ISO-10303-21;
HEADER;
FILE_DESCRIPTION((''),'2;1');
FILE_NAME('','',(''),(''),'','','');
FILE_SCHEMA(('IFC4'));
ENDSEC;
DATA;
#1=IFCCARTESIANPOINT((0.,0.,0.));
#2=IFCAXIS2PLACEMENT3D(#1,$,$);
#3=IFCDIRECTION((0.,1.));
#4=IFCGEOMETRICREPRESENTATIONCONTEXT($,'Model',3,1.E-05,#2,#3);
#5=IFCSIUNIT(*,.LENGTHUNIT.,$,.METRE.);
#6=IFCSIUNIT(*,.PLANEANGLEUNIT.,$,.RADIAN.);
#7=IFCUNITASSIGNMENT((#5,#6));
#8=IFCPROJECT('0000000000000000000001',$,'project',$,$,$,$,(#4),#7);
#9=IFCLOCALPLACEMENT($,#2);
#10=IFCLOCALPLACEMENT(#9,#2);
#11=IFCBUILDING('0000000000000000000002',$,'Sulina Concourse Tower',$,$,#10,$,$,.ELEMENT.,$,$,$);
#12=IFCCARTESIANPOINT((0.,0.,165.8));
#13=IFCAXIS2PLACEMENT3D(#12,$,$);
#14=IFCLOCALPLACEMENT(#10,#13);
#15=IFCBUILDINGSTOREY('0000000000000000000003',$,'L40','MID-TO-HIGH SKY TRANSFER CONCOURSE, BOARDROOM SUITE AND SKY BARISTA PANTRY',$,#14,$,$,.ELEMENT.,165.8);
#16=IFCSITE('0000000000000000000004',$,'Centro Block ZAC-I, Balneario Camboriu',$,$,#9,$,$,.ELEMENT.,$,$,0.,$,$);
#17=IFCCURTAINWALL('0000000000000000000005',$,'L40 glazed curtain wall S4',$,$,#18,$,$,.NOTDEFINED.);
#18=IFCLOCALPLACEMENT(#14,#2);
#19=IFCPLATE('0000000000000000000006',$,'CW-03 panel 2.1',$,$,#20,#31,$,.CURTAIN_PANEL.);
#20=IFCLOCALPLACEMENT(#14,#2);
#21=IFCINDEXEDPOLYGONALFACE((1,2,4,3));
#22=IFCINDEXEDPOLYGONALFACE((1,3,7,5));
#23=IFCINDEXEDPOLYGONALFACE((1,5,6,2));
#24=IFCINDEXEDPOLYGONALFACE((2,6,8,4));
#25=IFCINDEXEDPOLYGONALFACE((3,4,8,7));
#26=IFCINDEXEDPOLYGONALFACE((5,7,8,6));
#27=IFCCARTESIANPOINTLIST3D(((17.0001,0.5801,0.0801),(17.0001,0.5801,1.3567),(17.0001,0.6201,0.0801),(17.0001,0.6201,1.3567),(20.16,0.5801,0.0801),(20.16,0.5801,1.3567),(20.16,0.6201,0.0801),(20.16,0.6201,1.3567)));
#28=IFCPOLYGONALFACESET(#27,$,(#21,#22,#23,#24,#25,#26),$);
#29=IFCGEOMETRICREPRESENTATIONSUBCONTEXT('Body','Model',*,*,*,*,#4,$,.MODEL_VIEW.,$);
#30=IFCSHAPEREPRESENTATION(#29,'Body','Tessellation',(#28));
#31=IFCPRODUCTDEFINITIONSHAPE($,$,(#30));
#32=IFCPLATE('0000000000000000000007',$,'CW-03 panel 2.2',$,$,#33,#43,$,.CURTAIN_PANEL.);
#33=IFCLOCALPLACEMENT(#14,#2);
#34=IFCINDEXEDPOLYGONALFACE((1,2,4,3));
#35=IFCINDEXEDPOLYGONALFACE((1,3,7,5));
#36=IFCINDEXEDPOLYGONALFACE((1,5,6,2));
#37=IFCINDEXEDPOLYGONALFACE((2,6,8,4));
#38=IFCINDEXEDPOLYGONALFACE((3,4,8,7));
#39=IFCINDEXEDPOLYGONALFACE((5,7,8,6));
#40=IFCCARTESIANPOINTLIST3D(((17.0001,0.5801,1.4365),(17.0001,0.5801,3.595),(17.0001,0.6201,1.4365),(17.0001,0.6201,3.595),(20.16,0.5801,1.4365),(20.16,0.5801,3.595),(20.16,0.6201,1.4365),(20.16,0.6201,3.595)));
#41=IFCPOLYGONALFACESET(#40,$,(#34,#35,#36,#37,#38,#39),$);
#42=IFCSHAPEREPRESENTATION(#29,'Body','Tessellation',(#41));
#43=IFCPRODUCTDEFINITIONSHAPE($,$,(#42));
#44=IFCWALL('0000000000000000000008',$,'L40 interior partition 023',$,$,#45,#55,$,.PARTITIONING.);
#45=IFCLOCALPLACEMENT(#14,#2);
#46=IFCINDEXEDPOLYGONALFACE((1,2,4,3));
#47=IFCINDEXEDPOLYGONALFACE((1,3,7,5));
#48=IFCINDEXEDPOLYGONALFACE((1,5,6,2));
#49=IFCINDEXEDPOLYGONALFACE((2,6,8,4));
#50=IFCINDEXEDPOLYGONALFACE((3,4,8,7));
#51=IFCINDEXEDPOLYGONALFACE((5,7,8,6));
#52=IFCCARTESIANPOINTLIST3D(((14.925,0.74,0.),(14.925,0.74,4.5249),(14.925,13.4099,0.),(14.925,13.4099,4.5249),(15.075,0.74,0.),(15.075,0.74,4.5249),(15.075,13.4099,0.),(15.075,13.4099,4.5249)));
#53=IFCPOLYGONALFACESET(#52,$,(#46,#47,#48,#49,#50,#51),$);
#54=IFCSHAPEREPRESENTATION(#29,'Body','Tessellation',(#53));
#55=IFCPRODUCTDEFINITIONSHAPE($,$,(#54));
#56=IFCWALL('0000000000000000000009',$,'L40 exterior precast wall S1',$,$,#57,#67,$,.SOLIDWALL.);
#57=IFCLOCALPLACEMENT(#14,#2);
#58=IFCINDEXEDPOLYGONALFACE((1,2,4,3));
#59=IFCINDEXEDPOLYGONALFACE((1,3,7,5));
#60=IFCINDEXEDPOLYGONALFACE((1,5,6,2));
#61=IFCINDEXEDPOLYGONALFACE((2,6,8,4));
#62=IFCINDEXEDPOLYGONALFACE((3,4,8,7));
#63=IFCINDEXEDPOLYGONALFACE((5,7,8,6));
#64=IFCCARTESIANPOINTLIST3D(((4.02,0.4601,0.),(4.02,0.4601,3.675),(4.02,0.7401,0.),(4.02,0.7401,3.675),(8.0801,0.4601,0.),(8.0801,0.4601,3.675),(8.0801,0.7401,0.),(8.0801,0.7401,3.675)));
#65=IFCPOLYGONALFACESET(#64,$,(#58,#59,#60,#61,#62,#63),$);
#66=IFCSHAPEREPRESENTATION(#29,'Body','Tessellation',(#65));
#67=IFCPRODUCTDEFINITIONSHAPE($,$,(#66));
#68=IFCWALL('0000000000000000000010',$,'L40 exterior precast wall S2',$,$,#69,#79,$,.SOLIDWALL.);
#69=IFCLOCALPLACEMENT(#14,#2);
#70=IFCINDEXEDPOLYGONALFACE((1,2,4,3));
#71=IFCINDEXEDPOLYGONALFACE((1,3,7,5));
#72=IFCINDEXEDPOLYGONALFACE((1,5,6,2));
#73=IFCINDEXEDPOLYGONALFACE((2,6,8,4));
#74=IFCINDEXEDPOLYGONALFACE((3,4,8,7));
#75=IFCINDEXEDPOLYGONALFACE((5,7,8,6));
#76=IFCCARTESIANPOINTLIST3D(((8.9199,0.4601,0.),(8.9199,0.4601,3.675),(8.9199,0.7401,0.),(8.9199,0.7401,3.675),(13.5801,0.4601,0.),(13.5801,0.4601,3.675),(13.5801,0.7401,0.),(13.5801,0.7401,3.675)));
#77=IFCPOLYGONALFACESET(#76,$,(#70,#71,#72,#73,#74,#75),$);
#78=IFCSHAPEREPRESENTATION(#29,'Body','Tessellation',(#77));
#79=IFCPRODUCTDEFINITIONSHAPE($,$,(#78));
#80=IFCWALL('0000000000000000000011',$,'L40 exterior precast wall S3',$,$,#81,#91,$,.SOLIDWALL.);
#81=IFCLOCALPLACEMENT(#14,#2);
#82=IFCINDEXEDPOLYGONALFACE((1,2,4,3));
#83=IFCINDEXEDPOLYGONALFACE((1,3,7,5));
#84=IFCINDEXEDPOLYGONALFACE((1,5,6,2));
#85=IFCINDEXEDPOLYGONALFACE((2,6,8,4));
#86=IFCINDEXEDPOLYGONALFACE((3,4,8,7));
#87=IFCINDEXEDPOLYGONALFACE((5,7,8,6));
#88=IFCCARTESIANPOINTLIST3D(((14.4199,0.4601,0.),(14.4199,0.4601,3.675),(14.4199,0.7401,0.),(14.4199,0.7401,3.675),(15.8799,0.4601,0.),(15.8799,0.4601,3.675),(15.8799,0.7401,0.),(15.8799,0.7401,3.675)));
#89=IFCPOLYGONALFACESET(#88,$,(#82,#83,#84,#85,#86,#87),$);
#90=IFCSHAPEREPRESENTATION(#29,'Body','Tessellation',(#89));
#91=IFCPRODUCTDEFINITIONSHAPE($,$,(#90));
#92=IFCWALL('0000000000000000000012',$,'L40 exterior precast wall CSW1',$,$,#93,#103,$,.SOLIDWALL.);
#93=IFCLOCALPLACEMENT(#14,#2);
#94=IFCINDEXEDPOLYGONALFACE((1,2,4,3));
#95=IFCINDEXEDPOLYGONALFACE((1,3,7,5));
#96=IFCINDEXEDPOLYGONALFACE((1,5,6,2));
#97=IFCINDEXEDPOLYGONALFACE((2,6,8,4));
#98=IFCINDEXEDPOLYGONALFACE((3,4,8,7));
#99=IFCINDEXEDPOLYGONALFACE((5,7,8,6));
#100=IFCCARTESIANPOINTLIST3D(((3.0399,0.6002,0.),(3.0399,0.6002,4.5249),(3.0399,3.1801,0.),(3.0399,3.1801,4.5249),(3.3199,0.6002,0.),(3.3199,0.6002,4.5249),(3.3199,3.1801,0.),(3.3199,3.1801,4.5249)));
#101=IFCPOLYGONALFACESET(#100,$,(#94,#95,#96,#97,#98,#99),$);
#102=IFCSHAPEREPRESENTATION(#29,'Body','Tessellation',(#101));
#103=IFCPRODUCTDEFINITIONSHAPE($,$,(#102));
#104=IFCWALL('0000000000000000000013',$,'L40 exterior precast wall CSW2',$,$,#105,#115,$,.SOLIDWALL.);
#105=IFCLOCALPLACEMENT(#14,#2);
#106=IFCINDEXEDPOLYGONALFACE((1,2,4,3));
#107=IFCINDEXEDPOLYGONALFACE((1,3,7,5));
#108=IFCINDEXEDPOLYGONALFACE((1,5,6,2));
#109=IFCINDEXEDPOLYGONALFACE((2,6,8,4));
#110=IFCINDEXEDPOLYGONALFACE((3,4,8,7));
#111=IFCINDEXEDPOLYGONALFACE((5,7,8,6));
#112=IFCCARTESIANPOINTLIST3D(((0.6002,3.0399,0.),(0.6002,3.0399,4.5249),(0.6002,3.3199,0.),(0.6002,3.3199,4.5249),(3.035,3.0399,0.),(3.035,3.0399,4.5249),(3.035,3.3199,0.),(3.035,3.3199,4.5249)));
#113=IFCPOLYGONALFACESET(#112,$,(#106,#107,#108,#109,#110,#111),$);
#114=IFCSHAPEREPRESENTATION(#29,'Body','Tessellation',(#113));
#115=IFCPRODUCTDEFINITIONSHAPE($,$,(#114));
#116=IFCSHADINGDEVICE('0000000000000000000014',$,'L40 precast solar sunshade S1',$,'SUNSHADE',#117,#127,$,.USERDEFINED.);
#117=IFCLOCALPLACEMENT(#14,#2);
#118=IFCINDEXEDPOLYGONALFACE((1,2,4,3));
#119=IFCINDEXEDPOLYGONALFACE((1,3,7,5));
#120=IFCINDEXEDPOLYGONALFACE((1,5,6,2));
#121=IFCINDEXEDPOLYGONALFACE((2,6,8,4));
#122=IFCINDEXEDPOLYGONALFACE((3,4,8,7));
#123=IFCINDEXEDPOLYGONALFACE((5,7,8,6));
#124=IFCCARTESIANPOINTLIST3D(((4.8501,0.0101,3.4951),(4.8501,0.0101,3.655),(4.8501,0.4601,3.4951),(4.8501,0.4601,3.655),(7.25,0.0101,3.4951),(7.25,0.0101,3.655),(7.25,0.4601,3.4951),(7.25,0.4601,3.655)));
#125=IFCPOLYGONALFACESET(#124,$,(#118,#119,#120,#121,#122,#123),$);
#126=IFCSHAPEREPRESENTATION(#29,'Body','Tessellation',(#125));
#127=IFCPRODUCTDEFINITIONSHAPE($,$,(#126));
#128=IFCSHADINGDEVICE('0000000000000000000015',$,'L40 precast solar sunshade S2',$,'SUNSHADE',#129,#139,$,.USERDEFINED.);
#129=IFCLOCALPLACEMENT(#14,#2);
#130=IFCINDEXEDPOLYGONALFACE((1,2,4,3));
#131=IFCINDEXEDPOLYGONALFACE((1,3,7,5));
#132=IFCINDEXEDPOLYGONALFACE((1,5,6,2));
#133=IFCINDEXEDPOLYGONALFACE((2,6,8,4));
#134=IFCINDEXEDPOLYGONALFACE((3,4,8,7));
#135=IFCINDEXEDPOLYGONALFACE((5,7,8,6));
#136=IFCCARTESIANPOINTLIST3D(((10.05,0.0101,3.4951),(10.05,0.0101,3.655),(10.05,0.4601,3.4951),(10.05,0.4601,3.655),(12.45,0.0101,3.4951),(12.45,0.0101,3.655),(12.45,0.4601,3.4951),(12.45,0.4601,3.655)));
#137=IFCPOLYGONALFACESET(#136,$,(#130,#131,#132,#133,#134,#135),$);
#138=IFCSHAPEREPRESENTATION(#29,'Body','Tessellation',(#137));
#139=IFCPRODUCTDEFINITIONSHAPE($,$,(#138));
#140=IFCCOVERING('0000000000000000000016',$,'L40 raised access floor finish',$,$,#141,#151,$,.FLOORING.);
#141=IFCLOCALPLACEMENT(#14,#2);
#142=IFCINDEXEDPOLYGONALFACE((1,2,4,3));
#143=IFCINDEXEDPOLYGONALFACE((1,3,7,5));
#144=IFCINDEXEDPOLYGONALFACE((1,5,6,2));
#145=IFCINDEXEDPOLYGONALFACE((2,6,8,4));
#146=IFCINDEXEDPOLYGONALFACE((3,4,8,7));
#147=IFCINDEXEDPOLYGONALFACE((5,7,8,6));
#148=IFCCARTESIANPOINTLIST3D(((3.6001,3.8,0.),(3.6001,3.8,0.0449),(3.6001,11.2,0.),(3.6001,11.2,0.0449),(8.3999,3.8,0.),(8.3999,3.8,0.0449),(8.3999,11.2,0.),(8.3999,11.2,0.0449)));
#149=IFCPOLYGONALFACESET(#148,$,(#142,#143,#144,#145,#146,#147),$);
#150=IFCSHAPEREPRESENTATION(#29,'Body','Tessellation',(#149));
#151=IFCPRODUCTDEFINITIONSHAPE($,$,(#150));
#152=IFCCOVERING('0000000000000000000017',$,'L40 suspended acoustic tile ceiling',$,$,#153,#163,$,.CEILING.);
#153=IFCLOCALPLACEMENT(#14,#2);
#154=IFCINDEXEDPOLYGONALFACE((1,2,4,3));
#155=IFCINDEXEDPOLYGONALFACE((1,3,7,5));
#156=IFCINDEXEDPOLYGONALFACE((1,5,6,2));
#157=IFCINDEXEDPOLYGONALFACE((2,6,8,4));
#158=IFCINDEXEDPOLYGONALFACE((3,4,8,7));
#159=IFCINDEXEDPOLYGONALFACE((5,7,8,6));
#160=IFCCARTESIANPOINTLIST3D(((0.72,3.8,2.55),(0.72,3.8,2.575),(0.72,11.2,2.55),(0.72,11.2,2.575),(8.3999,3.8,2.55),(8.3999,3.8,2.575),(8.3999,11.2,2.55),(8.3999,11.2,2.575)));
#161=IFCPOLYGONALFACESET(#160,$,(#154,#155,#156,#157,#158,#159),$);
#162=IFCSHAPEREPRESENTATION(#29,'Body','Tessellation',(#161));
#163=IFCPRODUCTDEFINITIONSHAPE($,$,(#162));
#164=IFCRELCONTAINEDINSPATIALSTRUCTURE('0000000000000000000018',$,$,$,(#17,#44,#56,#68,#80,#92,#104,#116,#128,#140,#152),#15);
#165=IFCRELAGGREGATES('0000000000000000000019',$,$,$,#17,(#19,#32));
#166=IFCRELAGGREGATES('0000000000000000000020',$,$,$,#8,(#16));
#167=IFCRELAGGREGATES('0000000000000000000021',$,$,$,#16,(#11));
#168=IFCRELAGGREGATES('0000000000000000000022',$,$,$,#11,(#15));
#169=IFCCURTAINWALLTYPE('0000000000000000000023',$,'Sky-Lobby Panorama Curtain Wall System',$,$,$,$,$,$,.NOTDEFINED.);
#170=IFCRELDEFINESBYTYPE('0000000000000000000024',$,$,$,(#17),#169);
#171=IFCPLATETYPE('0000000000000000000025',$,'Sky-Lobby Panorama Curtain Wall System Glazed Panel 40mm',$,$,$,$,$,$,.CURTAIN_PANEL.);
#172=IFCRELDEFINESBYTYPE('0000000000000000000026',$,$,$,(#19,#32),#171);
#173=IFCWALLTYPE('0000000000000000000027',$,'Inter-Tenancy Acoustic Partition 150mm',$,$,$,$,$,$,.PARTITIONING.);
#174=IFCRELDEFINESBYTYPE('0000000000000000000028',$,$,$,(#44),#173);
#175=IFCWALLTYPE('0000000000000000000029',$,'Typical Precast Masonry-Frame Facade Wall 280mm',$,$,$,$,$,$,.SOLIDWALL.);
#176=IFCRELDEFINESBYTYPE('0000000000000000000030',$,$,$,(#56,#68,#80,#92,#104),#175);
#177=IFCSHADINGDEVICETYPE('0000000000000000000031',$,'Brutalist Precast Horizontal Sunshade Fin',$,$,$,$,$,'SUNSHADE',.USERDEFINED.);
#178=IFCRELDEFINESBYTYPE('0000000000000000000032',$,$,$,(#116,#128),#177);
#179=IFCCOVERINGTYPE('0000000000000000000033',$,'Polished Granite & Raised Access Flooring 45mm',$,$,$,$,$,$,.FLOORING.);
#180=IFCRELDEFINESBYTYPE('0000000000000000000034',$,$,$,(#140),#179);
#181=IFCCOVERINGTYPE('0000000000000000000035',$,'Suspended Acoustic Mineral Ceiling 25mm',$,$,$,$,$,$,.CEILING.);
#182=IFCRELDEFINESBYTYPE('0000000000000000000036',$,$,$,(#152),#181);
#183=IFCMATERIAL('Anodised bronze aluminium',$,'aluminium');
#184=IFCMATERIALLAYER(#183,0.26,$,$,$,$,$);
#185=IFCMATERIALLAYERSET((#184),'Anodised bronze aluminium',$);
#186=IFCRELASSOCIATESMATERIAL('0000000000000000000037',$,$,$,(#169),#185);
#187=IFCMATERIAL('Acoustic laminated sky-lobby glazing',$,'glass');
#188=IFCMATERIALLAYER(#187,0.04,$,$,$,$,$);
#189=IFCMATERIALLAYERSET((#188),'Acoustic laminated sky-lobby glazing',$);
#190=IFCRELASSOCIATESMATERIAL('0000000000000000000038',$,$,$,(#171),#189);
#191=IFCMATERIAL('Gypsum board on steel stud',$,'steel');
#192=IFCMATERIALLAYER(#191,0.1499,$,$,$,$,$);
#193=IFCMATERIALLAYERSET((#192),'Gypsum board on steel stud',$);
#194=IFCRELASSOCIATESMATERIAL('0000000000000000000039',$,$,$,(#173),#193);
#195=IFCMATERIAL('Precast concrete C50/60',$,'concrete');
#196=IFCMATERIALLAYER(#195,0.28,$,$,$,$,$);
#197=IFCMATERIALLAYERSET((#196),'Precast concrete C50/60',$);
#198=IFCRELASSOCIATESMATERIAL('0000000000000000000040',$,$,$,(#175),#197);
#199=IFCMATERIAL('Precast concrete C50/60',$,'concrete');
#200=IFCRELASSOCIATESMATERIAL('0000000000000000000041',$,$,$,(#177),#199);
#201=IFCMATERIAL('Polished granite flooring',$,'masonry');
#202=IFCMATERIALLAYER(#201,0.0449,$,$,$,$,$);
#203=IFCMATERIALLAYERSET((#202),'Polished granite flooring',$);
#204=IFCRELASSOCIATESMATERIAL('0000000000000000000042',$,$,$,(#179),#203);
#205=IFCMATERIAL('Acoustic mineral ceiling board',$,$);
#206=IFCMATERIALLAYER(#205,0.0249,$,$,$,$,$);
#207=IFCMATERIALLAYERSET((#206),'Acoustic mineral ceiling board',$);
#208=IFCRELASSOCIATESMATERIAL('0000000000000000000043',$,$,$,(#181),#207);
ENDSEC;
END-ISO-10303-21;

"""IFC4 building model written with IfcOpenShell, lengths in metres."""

from ifc_helpers import new_model, si_unit, direction, frame, frame_2d, origin, origin_2d, place, context, subcontext, project, spatial, polyline, rectangle, outline, extrude, material, layer, layer_set, type_object, element, aggregate, save


model = new_model("IFC4")

# Units and contexts
model_context = context("Model", 3, precision=1e-05, world=origin(), true_north=direction((0.0, 1.0)))
body_context = subcontext(model_context, "Body", "Model", "MODEL_VIEW")
ifc_project = project(units=[si_unit("LENGTHUNIT", "METRE"), si_unit("PLANEANGLEUNIT", "RADIAN")], contexts=[model_context])

# Site, building, storey
site_placement = place(None, origin())
site = spatial("IfcSite", under=ifc_project, at=site_placement, Name="Centro Block ZAC-I, Balneario Camboriu", CompositionType="ELEMENT", RefElevation=0.0)
building_placement = place(site_placement, origin())
building = spatial("IfcBuilding", under=site, at=building_placement, Name="Sulina Concourse Tower", CompositionType="ELEMENT")
storey_placement = place(building_placement, frame((0.0, 0.0, 165.8)))
storey = spatial("IfcBuildingStorey", under=building, at=storey_placement, Name="L40", Description="MID-TO-HIGH SKY TRANSFER CONCOURSE, BOARDROOM SUITE AND SKY BARISTA PANTRY", CompositionType="ELEMENT", Elevation=165.8)

# Curtain wall
ifc_material_1 = material(Name="Anodised bronze aluminium", Category="aluminium")
ifc_layer_1 = layer(ifc_material_1, 0.26)
ifc_layer_set_1 = layer_set([ifc_layer_1], Name="Anodised bronze aluminium")
curtain_wall_type = type_object("IfcCurtainWallType", Name="Sky-Lobby Panorama Curtain Wall System", PredefinedType="NOTDEFINED", material=ifc_layer_set_1)
curtain_wall_placement = place(storey_placement, origin())
curtain_wall = element("IfcCurtainWall", 1, at=curtain_wall_placement, inside=storey, type_object=curtain_wall_type, Name="L40 glazed curtain wall S4", PredefinedType="NOTDEFINED")

# Plates
ifc_material_2 = material(Name="Acoustic laminated sky-lobby glazing", Category="glass")
ifc_layer_2 = layer(ifc_material_2, 0.04)
ifc_layer_set_2 = layer_set([ifc_layer_2], Name="Acoustic laminated sky-lobby glazing")
plate_type = type_object("IfcPlateType", Name="Sky-Lobby Panorama Curtain Wall System Glazed Panel 40mm", PredefinedType="CURTAIN_PANEL", material=ifc_layer_set_2)
plate_1_placement = place(storey_placement, frame((18.5801, 0.6001, 0.0801), z_axis=(0.0, 0.0, 1.0), x_axis=(-1.0, 0.0, 0.0)))
plate_1 = element("IfcPlate", 2, at=plate_1_placement, type_object=plate_type, Name="CW-03 panel 2.1", PredefinedType="CURTAIN_PANEL", context=body_context, shape_type="SweptSolid", body=[
    extrude(rectangle(XDim=3.1599, YDim=0.04, at=origin_2d()), origin(), (0.0, 0.0, 1.0), 1.2766),
])
plate_2_placement = place(storey_placement, frame((18.5801, 0.6001, 1.4365), z_axis=(0.0, 0.0, 1.0), x_axis=(-1.0, 0.0, 0.0)))
plate_2 = element("IfcPlate", 3, at=plate_2_placement, type_object=plate_type, Name="CW-03 panel 2.2", PredefinedType="CURTAIN_PANEL", context=body_context, shape_type="SweptSolid", body=[
    extrude(rectangle(XDim=3.1599, YDim=0.04, at=origin_2d()), origin(), (0.0, 0.0, 1.0), 2.1584),
])
aggregate(curtain_wall, [plate_1, plate_2])

# Walls
ifc_material_3 = material(Name="Gypsum board on steel stud", Category="steel")
ifc_layer_3 = layer(ifc_material_3, 0.1499)
ifc_layer_set_3 = layer_set([ifc_layer_3], Name="Gypsum board on steel stud")
wall_type_1 = type_object("IfcWallType", Name="Inter-Tenancy Acoustic Partition 150mm", PredefinedType="PARTITIONING", material=ifc_layer_set_3)
wall_1_placement = place(storey_placement, frame((15.0, 0.74, 0.0), z_axis=(0.0, 0.0, 1.0), x_axis=(0.0, 1.0, 0.0)))
element("IfcWall", 4, at=wall_1_placement, inside=storey, type_object=wall_type_1, Name="L40 interior partition 023", PredefinedType="PARTITIONING", context=body_context, shape_type="SweptSolid", body=[
    extrude(rectangle(XDim=12.6699, YDim=0.1499, at=frame_2d((6.335, 0.0))), origin(), (0.0, 0.0, 1.0), 4.5249),
])
ifc_material_4 = material(Name="Precast concrete C50/60", Category="concrete")
ifc_layer_4 = layer(ifc_material_4, 0.28)
ifc_layer_set_4 = layer_set([ifc_layer_4], Name="Precast concrete C50/60")
wall_type_2 = type_object("IfcWallType", Name="Typical Precast Masonry-Frame Facade Wall 280mm", PredefinedType="SOLIDWALL", material=ifc_layer_set_4)
wall_2_placement = place(storey_placement, frame((8.0801, 0.6001, 0.0), z_axis=(0.0, 0.0, 1.0), x_axis=(-1.0, 0.0, 0.0)))
element("IfcWall", 5, at=wall_2_placement, inside=storey, type_object=wall_type_2, Name="L40 exterior precast wall S1", PredefinedType="SOLIDWALL", context=body_context, shape_type="SweptSolid", body=[
    extrude(rectangle(XDim=4.0601, YDim=0.28, at=frame_2d((2.03, 0.0))), origin(), (0.0, 0.0, 1.0), 3.675),
])
wall_3_placement = place(storey_placement, frame((13.5801, 0.6001, 0.0), z_axis=(0.0, 0.0, 1.0), x_axis=(-1.0, 0.0, 0.0)))
element("IfcWall", 6, at=wall_3_placement, inside=storey, type_object=wall_type_2, Name="L40 exterior precast wall S2", PredefinedType="SOLIDWALL", context=body_context, shape_type="SweptSolid", body=[
    extrude(rectangle(XDim=4.6602, YDim=0.28, at=frame_2d((2.3301, 0.0))), origin(), (0.0, 0.0, 1.0), 3.675),
])
wall_4_placement = place(storey_placement, frame((15.8799, 0.6001, 0.0), z_axis=(0.0, 0.0, 1.0), x_axis=(-1.0, 0.0, 0.0)))
element("IfcWall", 7, at=wall_4_placement, inside=storey, type_object=wall_type_2, Name="L40 exterior precast wall S3", PredefinedType="SOLIDWALL", context=body_context, shape_type="SweptSolid", body=[
    extrude(rectangle(XDim=1.46, YDim=0.28, at=frame_2d((0.73, 0.0))), origin(), (0.0, 0.0, 1.0), 3.675),
])
wall_5_placement = place(storey_placement, frame((3.1799, 0.6001, 0.0), z_axis=(0.0, 0.0, 1.0), x_axis=(0.0, 1.0, 0.0)))
element("IfcWall", 8, at=wall_5_placement, inside=storey, type_object=wall_type_2, Name="L40 exterior precast wall CSW1", PredefinedType="SOLIDWALL", context=body_context, shape_type="SweptSolid", body=[
    extrude(rectangle(XDim=2.5798, YDim=0.28, at=frame_2d((1.29, 0.0))), origin(), (0.0, 0.0, 1.0), 4.5249),
])
wall_6_placement = place(storey_placement, frame((3.0349, 3.1799, 0.0), z_axis=(0.0, 0.0, 1.0), x_axis=(-1.0, 0.0, 0.0)))
element("IfcWall", 9, at=wall_6_placement, inside=storey, type_object=wall_type_2, Name="L40 exterior precast wall CSW2", PredefinedType="SOLIDWALL", context=body_context, shape_type="SweptSolid", body=[
    extrude(rectangle(XDim=2.4348, YDim=0.28, at=frame_2d((1.2173, 0.0))), origin(), (0.0, 0.0, 1.0), 4.5249),
])

# Shading devices
ifc_material_5 = material(Name="Precast concrete C50/60", Category="concrete")
shading_device_type = type_object("IfcShadingDeviceType", Name="Brutalist Precast Horizontal Sunshade Fin", ElementType="SUNSHADE", PredefinedType="USERDEFINED", material=ifc_material_5)
for number, where, z_axis, x_axis, name in (
    (10, (6.05, 0.2351, 3.4951), (0.0, 0.0, 1.0), (1.0, 0.0, 0.0), "L40 precast solar sunshade S1"),
    (11, (11.25, 0.2351, 3.4951), (0.0, 0.0, 1.0), (1.0, 0.0, 0.0), "L40 precast solar sunshade S2"),
):
    element("IfcShadingDevice", number, at=place(storey_placement, frame(where, z_axis=z_axis, x_axis=x_axis)), inside=storey, type_object=shading_device_type, Name=name, ObjectType="SUNSHADE", PredefinedType="USERDEFINED", context=body_context, shape_type="SweptSolid", body=[
        extrude(rectangle(XDim=2.3999, YDim=0.45, at=origin_2d()), origin(), (0.0, 0.0, 1.0), 0.1599),
    ])

# Coverings
ifc_material_6 = material(Name="Polished granite flooring", Category="masonry")
ifc_layer_5 = layer(ifc_material_6, 0.0449)
ifc_layer_set_5 = layer_set([ifc_layer_5], Name="Polished granite flooring")
covering_type_1 = type_object("IfcCoveringType", Name="Polished Granite & Raised Access Flooring 45mm", PredefinedType="FLOORING", material=ifc_layer_set_5)
covering_1_placement = place(storey_placement, origin())
element("IfcCovering", 12, at=covering_1_placement, inside=storey, type_object=covering_type_1, Name="L40 raised access floor finish", PredefinedType="FLOORING", context=body_context, shape_type="SweptSolid", body=[
    extrude(outline(polyline([(3.6001, 3.8), (8.3999, 3.8), (8.3999, 11.2), (3.6001, 11.2), (3.6001, 3.8)])), origin(), (0.0, 0.0, 1.0), 0.0449),
])
ifc_material_7 = material(Name="Acoustic mineral ceiling board")
ifc_layer_6 = layer(ifc_material_7, 0.0249)
ifc_layer_set_6 = layer_set([ifc_layer_6], Name="Acoustic mineral ceiling board")
covering_type_2 = type_object("IfcCoveringType", Name="Suspended Acoustic Mineral Ceiling 25mm", PredefinedType="CEILING", material=ifc_layer_set_6)
covering_2_placement = place(storey_placement, frame((0.0, 0.0, 2.55)))
element("IfcCovering", 13, at=covering_2_placement, inside=storey, type_object=covering_type_2, Name="L40 suspended acoustic tile ceiling", PredefinedType="CEILING", context=body_context, shape_type="SweptSolid", body=[
    extrude(outline(polyline([(0.72, 3.8), (8.3999, 3.8), (8.3999, 11.2), (0.72, 11.2), (0.72, 3.8)])), origin(), (0.0, 0.0, 1.0), 0.0249),
])

save(model, "model.ifc")
